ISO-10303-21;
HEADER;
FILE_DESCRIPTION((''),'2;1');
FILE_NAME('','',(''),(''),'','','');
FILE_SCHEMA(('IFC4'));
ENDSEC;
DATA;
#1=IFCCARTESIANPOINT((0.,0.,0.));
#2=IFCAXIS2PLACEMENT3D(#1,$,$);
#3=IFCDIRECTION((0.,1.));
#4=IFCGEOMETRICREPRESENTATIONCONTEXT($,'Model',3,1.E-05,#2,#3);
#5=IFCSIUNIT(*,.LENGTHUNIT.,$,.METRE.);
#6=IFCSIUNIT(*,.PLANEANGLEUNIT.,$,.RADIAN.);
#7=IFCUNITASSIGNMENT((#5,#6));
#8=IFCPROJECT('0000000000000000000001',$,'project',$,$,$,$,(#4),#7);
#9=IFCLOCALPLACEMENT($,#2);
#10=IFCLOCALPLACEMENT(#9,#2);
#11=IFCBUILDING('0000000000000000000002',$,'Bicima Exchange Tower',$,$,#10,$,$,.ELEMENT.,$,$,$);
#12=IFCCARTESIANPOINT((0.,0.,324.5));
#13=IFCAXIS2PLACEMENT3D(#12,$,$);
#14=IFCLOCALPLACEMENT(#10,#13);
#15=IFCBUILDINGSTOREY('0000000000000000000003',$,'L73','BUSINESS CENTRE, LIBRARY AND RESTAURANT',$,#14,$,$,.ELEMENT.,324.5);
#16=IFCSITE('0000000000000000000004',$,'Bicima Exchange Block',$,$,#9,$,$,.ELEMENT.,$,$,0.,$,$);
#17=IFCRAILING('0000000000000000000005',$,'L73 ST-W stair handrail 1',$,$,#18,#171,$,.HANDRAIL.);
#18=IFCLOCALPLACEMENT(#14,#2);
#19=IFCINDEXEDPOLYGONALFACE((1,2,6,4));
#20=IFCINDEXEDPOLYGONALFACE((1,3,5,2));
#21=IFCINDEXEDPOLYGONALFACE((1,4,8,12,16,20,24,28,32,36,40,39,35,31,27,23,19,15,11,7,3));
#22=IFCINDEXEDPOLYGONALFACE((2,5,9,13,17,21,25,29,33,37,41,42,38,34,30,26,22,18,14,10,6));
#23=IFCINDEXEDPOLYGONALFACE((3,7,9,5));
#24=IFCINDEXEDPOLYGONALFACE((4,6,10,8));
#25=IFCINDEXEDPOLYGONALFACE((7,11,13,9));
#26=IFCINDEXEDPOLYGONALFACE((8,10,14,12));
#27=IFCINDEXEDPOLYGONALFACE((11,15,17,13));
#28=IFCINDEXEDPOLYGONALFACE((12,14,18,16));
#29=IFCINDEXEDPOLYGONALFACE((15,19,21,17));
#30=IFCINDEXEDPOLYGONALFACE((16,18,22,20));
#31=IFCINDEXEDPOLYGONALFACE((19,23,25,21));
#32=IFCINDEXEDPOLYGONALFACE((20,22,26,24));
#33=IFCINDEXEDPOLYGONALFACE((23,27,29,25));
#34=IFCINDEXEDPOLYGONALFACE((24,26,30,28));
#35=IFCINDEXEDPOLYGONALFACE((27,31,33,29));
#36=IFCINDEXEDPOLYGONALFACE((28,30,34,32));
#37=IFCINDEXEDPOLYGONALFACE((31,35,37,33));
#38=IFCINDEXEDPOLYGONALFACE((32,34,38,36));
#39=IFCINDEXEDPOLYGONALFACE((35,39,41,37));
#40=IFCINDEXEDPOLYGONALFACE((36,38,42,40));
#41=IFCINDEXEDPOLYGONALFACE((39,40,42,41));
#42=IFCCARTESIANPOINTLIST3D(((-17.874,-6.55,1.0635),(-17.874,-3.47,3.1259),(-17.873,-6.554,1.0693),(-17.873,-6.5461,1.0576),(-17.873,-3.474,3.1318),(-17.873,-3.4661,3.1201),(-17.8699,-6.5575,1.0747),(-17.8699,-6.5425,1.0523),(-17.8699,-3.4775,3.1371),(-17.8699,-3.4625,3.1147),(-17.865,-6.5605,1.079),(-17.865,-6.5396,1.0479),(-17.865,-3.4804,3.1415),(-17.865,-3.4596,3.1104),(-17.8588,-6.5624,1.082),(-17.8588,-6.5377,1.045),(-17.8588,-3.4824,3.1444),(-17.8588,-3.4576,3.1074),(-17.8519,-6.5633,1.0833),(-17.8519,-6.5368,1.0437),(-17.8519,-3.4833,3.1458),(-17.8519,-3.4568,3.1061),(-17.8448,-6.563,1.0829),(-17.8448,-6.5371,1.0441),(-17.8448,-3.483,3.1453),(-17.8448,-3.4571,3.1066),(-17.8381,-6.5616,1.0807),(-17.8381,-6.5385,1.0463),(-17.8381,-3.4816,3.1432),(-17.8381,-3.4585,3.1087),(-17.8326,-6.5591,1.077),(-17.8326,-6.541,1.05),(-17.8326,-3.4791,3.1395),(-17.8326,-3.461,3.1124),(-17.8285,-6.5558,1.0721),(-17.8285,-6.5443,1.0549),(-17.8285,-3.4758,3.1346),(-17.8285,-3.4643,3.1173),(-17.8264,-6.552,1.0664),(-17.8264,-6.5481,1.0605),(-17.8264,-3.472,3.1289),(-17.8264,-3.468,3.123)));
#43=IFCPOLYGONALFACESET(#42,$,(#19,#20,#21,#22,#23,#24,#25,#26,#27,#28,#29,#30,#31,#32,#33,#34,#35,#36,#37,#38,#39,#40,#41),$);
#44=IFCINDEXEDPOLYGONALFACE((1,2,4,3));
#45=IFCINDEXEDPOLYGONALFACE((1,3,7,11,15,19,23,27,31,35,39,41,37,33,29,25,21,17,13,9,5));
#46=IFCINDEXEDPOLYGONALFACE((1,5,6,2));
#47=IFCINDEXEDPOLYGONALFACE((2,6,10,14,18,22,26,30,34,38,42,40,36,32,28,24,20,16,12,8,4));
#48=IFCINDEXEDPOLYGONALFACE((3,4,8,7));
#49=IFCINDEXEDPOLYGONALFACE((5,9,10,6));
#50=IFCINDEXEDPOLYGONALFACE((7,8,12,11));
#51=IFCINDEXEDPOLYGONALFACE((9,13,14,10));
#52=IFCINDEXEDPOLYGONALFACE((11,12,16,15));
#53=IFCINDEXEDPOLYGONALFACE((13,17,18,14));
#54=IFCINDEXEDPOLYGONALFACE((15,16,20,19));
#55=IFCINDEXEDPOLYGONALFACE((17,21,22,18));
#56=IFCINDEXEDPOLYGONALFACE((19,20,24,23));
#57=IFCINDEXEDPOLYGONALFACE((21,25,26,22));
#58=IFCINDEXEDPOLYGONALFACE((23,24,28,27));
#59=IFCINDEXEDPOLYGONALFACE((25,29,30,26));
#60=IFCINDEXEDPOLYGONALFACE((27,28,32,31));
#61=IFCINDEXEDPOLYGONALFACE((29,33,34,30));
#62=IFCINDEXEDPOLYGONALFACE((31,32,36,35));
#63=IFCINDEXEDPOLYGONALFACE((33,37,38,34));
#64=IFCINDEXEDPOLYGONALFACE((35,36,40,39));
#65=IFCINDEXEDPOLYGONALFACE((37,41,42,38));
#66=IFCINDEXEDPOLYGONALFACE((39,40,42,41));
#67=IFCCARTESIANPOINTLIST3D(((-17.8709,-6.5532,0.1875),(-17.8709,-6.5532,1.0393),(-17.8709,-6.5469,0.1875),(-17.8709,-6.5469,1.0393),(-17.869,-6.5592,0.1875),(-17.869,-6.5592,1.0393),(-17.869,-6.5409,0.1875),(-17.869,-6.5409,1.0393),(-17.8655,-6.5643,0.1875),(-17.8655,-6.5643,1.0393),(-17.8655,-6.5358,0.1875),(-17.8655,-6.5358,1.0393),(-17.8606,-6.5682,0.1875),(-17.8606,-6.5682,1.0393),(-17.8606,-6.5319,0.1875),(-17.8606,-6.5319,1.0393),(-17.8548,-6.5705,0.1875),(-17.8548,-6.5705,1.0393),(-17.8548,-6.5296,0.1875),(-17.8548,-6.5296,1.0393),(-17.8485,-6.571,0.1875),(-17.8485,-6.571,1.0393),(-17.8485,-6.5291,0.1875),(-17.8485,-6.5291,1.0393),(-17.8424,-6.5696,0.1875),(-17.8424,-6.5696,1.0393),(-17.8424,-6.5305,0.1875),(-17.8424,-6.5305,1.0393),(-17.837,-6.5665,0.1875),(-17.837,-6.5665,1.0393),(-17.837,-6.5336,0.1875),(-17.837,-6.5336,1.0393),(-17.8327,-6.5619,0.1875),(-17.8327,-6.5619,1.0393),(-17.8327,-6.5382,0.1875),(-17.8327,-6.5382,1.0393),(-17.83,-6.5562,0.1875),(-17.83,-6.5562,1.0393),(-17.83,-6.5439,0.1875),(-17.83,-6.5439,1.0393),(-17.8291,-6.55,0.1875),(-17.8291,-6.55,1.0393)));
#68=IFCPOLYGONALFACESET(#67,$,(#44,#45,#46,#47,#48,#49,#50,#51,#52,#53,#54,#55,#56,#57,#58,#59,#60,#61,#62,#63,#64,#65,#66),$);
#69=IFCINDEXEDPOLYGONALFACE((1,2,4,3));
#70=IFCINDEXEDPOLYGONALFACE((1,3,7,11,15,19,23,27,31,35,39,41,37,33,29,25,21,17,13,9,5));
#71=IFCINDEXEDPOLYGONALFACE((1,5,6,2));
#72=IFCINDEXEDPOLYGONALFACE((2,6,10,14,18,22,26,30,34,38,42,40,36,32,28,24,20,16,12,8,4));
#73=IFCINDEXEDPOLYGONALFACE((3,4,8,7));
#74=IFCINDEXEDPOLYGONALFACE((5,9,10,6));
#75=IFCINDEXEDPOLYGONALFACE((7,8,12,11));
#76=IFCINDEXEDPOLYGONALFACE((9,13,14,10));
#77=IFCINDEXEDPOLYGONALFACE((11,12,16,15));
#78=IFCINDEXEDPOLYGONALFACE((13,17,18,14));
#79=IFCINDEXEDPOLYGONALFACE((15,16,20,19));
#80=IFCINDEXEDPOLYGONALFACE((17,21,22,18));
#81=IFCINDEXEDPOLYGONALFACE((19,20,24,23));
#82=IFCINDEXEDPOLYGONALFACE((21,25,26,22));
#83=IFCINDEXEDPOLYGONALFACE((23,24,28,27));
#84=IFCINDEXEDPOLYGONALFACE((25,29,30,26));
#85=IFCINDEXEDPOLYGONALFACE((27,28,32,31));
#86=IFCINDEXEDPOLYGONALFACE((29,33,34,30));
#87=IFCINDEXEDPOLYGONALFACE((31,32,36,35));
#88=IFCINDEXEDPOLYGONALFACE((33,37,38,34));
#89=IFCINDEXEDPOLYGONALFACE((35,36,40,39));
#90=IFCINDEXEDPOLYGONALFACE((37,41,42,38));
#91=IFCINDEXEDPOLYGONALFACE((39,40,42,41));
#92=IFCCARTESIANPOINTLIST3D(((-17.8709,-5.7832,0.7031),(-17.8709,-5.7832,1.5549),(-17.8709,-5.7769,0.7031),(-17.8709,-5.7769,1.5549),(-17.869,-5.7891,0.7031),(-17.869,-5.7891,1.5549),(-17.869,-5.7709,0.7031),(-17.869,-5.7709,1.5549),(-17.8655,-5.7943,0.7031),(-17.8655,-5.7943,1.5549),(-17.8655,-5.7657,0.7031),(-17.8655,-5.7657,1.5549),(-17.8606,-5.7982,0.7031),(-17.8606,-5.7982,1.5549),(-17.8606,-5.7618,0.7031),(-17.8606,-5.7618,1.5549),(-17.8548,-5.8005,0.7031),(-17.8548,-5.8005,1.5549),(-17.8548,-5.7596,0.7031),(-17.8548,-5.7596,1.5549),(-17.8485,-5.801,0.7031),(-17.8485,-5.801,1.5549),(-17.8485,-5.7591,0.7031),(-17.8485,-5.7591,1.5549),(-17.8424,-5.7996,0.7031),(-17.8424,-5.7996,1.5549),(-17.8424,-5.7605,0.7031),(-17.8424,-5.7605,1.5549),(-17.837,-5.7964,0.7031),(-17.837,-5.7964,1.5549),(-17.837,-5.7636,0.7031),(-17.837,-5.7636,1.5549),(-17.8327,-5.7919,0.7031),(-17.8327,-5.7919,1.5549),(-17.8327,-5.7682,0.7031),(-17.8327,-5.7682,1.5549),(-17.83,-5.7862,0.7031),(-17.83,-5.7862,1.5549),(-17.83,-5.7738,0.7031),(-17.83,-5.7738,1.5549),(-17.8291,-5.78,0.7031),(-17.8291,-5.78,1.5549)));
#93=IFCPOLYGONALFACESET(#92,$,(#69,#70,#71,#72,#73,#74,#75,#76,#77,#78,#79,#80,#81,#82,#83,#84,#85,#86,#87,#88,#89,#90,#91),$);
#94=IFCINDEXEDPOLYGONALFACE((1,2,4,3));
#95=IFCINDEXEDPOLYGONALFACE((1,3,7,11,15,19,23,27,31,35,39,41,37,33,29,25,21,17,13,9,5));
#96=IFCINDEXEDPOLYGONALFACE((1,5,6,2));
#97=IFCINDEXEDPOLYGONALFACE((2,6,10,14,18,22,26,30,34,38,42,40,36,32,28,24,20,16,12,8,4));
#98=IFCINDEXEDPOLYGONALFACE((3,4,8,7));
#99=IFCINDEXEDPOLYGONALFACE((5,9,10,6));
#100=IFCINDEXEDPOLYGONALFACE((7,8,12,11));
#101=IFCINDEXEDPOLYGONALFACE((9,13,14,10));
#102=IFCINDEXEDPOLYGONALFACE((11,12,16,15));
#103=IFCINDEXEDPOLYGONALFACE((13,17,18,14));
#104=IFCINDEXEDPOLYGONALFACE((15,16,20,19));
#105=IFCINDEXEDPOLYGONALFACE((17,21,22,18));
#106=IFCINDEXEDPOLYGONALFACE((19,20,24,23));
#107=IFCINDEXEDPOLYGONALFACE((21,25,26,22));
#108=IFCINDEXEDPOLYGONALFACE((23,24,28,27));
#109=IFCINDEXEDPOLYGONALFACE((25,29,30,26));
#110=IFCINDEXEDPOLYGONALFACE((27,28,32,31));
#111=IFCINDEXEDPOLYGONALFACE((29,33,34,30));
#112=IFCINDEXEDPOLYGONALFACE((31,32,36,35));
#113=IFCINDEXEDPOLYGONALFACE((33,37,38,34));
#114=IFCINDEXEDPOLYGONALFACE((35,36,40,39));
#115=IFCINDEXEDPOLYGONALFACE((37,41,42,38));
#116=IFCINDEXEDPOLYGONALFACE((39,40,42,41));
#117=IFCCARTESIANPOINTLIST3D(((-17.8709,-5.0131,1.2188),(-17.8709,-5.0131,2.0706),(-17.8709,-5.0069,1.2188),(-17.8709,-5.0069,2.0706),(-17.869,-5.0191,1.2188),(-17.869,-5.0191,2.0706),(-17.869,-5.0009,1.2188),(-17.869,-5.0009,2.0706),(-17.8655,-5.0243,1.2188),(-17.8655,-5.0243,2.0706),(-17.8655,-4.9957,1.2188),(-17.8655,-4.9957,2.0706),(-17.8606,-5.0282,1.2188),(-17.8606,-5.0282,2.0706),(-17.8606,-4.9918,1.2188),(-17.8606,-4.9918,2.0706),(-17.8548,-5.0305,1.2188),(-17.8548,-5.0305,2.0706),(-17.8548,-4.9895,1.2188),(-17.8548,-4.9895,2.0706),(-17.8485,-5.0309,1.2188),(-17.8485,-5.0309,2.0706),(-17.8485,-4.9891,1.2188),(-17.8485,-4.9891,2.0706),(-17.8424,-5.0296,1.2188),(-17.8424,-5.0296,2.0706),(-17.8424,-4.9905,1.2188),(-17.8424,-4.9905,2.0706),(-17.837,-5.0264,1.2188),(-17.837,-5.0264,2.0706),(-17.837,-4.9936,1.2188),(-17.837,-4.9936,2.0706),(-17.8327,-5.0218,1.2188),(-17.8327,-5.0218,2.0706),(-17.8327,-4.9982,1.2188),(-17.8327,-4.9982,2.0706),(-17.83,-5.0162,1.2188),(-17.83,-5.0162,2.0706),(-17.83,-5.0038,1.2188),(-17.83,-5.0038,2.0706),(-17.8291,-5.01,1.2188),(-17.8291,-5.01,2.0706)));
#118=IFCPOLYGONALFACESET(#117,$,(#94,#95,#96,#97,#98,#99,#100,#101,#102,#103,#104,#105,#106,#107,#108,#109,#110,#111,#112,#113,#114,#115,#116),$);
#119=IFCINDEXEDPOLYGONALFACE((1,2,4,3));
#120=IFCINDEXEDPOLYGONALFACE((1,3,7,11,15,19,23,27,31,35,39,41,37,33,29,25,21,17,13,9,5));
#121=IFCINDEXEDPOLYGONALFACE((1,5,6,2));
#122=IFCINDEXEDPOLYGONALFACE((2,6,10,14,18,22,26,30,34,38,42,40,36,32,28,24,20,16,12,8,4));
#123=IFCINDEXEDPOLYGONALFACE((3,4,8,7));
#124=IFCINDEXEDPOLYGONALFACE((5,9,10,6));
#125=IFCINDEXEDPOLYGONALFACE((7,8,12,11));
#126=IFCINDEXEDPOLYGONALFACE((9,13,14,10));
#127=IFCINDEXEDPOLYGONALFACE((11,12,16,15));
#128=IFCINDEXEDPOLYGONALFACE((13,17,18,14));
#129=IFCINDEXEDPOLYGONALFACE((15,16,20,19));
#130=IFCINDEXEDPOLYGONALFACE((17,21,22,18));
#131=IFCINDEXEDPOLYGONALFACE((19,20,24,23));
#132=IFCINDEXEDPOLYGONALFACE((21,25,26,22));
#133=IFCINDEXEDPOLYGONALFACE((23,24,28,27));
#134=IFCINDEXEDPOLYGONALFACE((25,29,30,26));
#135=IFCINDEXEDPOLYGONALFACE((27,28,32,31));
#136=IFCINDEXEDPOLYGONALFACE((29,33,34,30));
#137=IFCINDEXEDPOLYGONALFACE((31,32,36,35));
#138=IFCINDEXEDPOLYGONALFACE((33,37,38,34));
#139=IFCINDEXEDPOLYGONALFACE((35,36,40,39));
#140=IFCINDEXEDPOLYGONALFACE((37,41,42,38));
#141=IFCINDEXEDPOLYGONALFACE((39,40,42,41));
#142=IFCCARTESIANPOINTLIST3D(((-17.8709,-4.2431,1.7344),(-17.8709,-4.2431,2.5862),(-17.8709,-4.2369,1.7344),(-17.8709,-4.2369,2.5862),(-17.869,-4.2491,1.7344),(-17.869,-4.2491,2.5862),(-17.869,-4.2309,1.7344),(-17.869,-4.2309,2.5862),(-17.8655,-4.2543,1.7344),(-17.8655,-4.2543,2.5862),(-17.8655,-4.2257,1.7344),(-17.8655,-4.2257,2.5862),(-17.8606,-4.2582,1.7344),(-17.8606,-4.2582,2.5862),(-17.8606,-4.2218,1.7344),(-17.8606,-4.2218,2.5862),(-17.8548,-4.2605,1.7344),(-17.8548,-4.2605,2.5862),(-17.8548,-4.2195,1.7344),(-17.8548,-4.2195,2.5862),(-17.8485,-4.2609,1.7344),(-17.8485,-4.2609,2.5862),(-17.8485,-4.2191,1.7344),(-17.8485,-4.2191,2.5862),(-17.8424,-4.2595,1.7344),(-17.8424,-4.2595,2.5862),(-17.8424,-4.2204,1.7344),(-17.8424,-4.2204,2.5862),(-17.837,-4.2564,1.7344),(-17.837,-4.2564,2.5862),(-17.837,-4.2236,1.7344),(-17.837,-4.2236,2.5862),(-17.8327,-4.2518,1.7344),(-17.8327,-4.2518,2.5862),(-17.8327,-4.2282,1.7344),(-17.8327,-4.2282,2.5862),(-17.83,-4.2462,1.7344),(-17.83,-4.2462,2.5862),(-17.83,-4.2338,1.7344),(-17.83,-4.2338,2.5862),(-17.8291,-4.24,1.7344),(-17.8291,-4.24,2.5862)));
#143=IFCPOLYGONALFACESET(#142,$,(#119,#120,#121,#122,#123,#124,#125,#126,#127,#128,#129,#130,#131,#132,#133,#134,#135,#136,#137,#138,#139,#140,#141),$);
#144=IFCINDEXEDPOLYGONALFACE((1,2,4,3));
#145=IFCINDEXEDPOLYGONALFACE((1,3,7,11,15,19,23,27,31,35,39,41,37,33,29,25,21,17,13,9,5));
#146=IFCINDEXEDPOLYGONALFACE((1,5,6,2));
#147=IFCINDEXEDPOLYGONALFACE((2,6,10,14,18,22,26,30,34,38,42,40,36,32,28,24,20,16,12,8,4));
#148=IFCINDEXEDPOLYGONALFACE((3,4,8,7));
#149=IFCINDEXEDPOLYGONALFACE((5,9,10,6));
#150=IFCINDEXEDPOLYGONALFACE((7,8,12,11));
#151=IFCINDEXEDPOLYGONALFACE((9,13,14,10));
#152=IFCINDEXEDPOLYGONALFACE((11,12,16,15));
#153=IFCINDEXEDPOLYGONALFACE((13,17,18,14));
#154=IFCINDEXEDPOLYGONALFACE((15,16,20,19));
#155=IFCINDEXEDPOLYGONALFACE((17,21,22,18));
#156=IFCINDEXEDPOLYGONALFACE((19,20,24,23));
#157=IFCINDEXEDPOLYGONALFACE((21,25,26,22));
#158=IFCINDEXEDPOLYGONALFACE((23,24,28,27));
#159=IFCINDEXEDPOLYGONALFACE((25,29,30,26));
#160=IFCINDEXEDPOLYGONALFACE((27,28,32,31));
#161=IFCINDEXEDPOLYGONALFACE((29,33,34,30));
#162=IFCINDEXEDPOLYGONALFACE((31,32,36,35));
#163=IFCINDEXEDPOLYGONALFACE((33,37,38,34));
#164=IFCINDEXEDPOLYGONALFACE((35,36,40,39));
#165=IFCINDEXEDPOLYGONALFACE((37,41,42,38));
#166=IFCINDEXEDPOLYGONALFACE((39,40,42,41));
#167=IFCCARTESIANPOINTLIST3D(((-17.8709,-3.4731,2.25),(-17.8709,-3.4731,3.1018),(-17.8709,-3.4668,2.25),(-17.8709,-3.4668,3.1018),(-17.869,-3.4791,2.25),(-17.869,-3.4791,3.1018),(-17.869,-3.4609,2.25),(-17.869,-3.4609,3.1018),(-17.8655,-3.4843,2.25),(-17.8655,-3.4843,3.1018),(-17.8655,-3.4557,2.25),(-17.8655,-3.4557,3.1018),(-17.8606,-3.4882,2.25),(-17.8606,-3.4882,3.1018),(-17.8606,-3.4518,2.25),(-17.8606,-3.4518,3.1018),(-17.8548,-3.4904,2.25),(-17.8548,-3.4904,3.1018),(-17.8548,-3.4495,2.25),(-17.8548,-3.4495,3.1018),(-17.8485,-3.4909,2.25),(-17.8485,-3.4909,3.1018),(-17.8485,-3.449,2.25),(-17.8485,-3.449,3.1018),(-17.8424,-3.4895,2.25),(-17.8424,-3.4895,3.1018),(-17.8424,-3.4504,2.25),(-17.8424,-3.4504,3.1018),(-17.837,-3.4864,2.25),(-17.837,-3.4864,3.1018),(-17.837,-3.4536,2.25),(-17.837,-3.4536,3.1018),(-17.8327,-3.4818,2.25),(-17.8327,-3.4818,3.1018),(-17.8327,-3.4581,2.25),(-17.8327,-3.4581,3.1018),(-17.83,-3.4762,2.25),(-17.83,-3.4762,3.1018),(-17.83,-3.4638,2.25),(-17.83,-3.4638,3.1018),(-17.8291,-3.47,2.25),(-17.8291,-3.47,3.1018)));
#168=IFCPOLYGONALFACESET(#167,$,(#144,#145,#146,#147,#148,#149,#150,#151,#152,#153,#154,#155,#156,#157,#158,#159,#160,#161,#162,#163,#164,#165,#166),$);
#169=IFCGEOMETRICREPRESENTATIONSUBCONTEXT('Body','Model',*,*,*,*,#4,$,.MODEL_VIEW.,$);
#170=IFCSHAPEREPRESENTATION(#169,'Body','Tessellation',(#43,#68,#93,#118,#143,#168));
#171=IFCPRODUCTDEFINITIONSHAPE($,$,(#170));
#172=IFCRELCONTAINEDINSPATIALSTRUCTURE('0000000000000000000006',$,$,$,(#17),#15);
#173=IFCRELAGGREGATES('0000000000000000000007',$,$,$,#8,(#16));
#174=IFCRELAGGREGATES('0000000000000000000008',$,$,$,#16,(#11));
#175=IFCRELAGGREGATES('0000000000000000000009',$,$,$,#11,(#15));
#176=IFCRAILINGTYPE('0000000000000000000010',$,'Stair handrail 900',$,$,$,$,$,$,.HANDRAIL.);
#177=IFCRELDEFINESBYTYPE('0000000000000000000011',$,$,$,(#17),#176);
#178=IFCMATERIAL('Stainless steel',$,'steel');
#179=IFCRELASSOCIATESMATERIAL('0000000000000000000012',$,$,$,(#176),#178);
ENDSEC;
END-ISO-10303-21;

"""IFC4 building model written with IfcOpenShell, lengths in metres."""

from ifc_helpers import new_model, si_unit, direction, frame, origin, origin_2d, place, context, subcontext, project, spatial, circle, extrude, material, type_object, element, save


model = new_model("IFC4")

# Units and contexts
model_context = context("Model", 3, precision=1e-05, world=origin(), true_north=direction((0.0, 1.0)))
body_context = subcontext(model_context, "Body", "Model", "MODEL_VIEW")
ifc_project = project(units=[si_unit("LENGTHUNIT", "METRE"), si_unit("PLANEANGLEUNIT", "RADIAN")], contexts=[model_context])

# Site, building, storey
site_placement = place(None, origin())
site = spatial("IfcSite", under=ifc_project, at=site_placement, Name="Bicima Exchange Block", CompositionType="ELEMENT", RefElevation=0.0)
building_placement = place(site_placement, origin())
building = spatial("IfcBuilding", under=site, at=building_placement, Name="Bicima Exchange Tower", CompositionType="ELEMENT")
storey_placement = place(building_placement, frame((0.0, 0.0, 324.5)))
storey = spatial("IfcBuildingStorey", under=building, at=storey_placement, Name="L73", Description="BUSINESS CENTRE, LIBRARY AND RESTAURANT", CompositionType="ELEMENT", Elevation=324.5)

# Shared definitions
ifc_material_1 = material(Name="Stainless steel", Category="steel")

# Railing
railing_type_1 = type_object("IfcRailingType", Name="Stair handrail 900", PredefinedType="HANDRAIL", material=ifc_material_1)
railing_1_placement = place(storey_placement, frame((-17.8501, -6.55, 0.1875)))
element("IfcRailing", 1, at=railing_1_placement, inside=storey, type_object=railing_type_1, Name="L73 ST-W stair handrail 1", PredefinedType="HANDRAIL", context=body_context, shape_type="SweptSolid", body=[
    extrude(circle(Radius=0.0239, at=origin_2d()), frame((0.0, 0.0, 0.876), z_axis=(0.0, 0.830914, 0.556401), x_axis=(-1.0, 0.0, 0.0)), (0.0, 0.0, 1.0), 3.7068),
    extrude(circle(Radius=0.021, at=origin_2d()), origin(), (0.0, 0.0, 1.0), 0.8518),
    extrude(circle(Radius=0.021, at=origin_2d()), frame((0.0, 0.77, 0.5156)), (0.0, 0.0, 1.0), 0.8518),
    extrude(circle(Radius=0.021, at=origin_2d()), frame((0.0, 1.54, 1.0312)), (0.0, 0.0, 1.0), 0.8518),
    extrude(circle(Radius=0.021, at=origin_2d()), frame((0.0, 2.3101, 1.5469)), (0.0, 0.0, 1.0), 0.8518),
    extrude(circle(Radius=0.021, at=origin_2d()), frame((0.0, 3.0801, 2.0625)), (0.0, 0.0, 1.0), 0.8518),
])

save(model, "model.ifc")
